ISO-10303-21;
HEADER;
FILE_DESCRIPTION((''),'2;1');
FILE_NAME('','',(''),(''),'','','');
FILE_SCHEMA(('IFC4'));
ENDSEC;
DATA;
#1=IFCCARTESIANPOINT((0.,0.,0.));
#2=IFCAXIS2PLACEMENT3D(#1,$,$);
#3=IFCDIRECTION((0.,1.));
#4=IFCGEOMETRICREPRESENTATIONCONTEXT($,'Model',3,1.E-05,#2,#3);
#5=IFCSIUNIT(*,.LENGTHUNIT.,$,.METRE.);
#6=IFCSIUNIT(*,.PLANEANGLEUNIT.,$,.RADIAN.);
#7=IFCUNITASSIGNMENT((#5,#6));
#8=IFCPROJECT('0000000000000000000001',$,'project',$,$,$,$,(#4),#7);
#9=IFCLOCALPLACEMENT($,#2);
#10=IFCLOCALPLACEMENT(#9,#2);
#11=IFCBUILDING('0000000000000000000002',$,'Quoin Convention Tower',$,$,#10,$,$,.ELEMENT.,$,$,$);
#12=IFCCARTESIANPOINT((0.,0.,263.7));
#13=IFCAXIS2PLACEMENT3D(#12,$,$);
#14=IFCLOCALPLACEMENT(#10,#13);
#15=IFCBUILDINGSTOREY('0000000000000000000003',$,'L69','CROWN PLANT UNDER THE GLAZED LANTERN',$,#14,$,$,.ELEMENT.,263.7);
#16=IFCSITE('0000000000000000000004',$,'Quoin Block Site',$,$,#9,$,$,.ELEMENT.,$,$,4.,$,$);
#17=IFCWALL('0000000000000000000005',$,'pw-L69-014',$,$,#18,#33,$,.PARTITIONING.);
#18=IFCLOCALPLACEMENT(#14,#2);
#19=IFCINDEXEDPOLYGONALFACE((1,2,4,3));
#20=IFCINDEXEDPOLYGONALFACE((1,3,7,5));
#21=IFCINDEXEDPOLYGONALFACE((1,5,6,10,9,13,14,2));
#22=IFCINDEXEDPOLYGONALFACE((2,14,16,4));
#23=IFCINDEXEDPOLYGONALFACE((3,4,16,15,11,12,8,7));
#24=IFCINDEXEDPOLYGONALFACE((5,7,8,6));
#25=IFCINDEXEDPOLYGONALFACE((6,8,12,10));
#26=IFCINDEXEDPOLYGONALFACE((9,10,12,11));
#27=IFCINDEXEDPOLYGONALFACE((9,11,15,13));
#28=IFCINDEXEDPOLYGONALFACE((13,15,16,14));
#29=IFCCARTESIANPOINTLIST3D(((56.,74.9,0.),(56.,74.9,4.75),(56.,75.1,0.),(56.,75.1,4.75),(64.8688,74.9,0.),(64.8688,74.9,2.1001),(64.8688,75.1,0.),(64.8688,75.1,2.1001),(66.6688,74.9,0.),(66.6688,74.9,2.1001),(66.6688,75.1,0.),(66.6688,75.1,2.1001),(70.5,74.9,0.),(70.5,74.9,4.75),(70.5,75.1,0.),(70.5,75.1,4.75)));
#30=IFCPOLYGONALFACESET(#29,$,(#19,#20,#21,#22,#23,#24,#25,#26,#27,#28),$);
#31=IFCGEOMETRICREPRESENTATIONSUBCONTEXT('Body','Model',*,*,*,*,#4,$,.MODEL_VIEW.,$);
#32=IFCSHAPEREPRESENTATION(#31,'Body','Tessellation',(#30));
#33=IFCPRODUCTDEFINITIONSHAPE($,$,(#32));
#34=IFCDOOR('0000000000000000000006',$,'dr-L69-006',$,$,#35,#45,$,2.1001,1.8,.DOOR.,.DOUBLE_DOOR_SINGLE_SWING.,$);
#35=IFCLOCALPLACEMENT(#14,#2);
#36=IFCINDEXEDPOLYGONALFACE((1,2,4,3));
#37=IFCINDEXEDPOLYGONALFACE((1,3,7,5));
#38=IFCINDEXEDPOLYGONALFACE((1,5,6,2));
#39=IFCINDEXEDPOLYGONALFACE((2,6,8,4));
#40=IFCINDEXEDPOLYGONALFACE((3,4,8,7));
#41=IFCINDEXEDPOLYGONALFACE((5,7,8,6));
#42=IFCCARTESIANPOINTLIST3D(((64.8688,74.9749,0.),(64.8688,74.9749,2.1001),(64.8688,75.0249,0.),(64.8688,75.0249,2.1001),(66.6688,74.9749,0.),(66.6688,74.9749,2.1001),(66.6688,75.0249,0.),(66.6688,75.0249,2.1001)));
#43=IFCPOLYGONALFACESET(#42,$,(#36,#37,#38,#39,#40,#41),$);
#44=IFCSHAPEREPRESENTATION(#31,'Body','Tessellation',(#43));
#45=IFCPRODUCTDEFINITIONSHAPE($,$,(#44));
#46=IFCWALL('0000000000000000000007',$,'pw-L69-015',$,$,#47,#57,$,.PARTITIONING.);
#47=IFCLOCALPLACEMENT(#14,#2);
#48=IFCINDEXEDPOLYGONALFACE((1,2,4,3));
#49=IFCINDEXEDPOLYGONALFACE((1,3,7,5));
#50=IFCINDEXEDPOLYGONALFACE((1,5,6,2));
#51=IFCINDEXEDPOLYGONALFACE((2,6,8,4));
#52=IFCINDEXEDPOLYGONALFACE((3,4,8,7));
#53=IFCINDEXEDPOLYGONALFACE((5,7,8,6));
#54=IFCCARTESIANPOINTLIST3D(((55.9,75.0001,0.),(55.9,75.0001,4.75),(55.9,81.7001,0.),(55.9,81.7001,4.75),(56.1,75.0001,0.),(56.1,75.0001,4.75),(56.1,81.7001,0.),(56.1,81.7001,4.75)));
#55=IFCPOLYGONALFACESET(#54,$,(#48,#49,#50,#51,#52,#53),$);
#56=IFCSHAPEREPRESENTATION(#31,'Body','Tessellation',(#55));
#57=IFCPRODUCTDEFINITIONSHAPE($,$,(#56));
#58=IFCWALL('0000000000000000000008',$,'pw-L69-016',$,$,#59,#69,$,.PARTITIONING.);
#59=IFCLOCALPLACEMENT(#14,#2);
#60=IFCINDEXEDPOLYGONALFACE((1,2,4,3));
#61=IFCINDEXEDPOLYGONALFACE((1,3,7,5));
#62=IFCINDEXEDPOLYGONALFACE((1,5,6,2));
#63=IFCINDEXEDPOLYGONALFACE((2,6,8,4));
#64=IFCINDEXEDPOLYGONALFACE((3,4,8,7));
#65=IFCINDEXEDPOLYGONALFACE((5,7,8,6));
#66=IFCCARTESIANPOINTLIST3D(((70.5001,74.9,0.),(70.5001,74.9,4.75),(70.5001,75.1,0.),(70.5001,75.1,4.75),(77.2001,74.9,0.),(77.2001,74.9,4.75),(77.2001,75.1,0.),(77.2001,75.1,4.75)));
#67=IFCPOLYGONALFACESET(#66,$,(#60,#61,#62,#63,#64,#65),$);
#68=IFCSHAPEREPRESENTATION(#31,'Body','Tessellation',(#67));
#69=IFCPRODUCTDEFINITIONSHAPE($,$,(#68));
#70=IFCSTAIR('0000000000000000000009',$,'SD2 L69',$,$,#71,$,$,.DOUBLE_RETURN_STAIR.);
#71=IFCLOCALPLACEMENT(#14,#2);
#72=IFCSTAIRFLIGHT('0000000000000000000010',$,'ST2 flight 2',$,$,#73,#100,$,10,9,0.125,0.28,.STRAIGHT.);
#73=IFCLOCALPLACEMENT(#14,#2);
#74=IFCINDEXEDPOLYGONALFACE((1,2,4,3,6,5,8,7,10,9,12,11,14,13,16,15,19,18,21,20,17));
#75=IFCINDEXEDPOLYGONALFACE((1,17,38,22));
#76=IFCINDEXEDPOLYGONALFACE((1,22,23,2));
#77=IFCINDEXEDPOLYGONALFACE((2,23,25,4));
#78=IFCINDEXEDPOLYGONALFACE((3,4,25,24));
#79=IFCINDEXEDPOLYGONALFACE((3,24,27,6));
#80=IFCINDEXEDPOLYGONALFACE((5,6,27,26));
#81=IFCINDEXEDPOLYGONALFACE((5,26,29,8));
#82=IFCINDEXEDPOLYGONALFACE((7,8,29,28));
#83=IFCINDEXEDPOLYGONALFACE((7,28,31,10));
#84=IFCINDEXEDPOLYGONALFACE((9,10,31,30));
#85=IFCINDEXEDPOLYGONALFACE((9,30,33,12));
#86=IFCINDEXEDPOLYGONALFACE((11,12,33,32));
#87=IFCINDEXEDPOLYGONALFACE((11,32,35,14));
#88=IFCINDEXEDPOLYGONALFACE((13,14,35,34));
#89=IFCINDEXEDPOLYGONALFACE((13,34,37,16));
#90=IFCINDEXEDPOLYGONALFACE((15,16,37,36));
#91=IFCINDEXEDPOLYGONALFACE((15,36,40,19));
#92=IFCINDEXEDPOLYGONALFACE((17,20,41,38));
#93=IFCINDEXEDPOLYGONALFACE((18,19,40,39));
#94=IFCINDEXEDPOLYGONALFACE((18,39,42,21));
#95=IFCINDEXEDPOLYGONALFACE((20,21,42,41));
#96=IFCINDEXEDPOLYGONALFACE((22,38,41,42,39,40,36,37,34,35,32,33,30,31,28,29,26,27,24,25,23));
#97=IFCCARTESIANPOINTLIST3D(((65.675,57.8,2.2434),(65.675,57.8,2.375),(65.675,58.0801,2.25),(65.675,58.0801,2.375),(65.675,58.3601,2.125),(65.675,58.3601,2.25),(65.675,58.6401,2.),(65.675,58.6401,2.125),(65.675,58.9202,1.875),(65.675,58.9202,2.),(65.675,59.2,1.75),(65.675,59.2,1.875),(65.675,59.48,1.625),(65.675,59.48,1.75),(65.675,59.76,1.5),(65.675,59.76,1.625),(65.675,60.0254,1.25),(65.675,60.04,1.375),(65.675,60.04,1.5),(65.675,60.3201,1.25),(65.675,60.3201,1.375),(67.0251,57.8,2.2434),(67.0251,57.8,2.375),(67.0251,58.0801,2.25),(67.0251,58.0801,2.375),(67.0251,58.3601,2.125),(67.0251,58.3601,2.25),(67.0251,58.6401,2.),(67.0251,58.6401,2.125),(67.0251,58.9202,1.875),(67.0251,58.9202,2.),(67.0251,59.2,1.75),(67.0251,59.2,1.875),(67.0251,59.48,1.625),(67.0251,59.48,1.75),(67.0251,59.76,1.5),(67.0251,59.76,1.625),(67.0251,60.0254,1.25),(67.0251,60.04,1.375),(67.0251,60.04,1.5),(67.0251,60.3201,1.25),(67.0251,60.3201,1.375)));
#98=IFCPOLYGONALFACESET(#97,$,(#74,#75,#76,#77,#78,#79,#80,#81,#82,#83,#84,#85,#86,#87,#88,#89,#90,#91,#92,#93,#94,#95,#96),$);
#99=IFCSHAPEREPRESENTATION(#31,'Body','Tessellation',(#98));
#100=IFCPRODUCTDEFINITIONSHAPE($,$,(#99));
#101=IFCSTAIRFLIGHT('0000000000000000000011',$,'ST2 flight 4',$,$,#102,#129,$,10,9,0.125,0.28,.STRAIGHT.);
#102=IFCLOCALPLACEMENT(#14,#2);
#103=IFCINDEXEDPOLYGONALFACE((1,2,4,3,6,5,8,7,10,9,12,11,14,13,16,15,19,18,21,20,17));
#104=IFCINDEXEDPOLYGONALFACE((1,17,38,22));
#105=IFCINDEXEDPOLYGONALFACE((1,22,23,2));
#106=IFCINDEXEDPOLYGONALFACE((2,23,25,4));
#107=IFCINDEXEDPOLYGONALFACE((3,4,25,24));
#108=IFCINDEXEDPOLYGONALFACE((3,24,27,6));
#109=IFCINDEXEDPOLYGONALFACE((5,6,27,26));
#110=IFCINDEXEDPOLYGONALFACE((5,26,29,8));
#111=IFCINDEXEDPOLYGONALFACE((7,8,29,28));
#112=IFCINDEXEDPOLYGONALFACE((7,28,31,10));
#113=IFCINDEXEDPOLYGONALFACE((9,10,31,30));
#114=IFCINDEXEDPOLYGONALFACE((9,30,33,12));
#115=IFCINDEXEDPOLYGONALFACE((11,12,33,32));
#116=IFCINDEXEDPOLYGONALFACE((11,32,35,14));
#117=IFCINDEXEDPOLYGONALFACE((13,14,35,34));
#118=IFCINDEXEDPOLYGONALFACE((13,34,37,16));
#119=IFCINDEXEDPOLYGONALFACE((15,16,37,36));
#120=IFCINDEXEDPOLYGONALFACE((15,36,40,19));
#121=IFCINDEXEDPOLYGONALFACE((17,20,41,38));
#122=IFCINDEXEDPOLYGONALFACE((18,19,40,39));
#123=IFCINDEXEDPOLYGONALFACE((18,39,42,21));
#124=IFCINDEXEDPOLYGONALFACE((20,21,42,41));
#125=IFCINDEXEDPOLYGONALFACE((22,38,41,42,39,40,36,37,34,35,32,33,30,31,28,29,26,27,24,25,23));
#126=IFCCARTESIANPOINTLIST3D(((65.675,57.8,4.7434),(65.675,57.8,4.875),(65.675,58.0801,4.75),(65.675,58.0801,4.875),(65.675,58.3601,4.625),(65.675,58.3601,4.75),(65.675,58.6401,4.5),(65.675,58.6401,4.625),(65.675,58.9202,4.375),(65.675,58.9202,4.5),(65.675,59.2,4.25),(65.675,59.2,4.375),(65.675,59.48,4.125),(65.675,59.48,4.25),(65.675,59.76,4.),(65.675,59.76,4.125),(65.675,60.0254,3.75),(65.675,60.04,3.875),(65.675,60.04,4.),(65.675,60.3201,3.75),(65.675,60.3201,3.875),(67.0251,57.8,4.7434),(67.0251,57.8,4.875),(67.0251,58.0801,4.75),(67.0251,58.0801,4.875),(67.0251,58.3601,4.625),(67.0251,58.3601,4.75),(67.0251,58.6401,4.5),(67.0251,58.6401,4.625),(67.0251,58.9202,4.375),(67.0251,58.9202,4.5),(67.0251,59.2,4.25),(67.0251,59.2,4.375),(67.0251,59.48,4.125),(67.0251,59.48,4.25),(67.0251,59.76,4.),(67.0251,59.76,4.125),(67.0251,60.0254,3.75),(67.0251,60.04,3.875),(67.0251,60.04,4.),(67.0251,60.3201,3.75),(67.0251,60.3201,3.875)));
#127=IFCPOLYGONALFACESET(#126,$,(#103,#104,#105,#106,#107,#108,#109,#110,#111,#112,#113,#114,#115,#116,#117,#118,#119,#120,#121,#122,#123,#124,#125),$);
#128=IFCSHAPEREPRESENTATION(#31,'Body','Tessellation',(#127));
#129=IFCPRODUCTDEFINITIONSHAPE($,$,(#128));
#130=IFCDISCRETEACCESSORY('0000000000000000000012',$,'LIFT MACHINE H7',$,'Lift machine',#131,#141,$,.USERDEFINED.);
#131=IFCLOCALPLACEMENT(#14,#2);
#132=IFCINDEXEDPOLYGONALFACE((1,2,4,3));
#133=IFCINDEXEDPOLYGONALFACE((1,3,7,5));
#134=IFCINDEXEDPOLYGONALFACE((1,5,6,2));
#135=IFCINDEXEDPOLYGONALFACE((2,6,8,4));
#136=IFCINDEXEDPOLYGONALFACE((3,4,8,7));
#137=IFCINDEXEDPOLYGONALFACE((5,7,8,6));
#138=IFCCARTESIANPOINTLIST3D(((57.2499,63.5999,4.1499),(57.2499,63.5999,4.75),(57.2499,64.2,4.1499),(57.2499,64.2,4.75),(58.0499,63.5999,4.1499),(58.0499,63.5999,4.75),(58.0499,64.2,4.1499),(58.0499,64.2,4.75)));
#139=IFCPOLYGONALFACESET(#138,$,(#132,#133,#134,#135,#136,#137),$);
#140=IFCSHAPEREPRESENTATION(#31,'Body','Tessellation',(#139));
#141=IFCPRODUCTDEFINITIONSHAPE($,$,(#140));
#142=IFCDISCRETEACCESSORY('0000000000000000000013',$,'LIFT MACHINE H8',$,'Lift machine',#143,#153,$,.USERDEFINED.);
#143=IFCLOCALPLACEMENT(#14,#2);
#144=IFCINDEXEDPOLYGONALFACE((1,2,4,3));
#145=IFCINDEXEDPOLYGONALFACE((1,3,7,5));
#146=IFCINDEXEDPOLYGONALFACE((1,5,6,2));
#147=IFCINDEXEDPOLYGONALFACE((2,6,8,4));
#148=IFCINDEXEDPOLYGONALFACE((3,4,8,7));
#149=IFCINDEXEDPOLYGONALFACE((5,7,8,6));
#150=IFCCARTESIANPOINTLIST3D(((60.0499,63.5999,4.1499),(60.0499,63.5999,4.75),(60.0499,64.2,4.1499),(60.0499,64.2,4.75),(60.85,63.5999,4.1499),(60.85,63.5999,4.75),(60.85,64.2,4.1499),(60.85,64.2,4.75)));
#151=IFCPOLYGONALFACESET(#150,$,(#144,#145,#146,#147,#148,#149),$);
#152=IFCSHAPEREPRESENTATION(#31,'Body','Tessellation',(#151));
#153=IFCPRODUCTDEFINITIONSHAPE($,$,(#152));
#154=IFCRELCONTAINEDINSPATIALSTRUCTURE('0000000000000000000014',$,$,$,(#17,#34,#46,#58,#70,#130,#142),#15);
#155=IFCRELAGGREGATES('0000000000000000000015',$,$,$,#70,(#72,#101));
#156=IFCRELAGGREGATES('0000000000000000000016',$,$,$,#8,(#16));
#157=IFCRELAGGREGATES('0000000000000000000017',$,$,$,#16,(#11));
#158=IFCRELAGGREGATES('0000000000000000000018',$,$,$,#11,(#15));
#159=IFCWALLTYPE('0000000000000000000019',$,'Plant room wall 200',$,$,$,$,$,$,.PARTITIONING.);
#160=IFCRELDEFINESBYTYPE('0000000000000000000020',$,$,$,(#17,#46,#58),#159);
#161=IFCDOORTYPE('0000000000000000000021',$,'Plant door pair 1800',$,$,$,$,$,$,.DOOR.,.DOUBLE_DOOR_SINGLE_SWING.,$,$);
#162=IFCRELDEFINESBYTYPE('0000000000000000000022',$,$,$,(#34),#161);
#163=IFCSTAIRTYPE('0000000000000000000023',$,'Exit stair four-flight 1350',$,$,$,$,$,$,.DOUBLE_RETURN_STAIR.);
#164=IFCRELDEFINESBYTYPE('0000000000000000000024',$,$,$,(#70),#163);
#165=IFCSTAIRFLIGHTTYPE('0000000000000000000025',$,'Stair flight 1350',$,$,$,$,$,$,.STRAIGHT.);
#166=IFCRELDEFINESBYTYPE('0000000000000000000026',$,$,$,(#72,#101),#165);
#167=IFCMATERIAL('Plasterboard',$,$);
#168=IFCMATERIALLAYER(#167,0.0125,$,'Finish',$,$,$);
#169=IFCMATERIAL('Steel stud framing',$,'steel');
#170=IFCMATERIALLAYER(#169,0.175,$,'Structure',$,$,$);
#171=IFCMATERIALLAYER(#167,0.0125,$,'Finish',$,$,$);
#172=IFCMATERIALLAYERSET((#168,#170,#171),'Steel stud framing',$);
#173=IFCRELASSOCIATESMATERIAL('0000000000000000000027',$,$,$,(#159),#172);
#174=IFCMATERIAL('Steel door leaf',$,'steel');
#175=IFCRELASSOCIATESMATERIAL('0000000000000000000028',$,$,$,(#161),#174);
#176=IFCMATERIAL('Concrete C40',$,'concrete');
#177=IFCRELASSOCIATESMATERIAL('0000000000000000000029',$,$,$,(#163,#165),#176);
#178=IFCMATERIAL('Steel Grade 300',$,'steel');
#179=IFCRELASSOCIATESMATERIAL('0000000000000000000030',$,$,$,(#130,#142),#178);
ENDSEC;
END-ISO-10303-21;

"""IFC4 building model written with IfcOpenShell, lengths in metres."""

from ifc_helpers import new_model, si_unit, direction, frame, frame_2d, origin, origin_2d, place, context, subcontext, project, spatial, polyline, rectangle, outline, extrude, material, layer, layer_set, type_object, element, fill, aggregate, save


model = new_model("IFC4")

# Units and contexts
model_context = context("Model", 3, precision=1e-05, world=origin(), true_north=direction((0.0, 1.0)))
body_context = subcontext(model_context, "Body", "Model", "MODEL_VIEW")
ifc_project = project(units=[si_unit("LENGTHUNIT", "METRE"), si_unit("PLANEANGLEUNIT", "RADIAN")], contexts=[model_context])

# Site, building, storey
site_placement = place(None, origin())
site = spatial("IfcSite", under=ifc_project, at=site_placement, Name="Quoin Block Site", CompositionType="ELEMENT", RefElevation=4.0)
building_placement = place(site_placement, origin())
building = spatial("IfcBuilding", under=site, at=building_placement, Name="Quoin Convention Tower", CompositionType="ELEMENT")
storey_placement = place(building_placement, frame((0.0, 0.0, 263.7)))
storey = spatial("IfcBuildingStorey", under=building, at=storey_placement, Name="L69", Description="CROWN PLANT UNDER THE GLAZED LANTERN", CompositionType="ELEMENT", Elevation=263.7)

# Shared definitions
ifc_material_1 = material(Name="Steel Grade 300", Category="steel")
ifc_material_2 = material(Name="Concrete C40", Category="concrete")

# Shared definitions
ifc_material_3 = material(Name="Plasterboard")
ifc_material_4 = material(Name="Steel stud framing", Category="steel")

# Shared definitions
ifc_material_5 = material(Name="Steel door leaf", Category="steel")

# Shared definitions
ifc_layer_1 = layer(ifc_material_3, 0.0125, Name="Finish")
ifc_layer_2 = layer(ifc_material_4, 0.175, Name="Structure")
ifc_layer_3 = layer(ifc_material_3, 0.0125, Name="Finish")
ifc_layer_set_1 = layer_set([ifc_layer_1, ifc_layer_2, ifc_layer_3], Name="Steel stud framing")
wall_type_1 = type_object("IfcWallType", Name="Plant room wall 200", PredefinedType="PARTITIONING", material=ifc_layer_set_1)

# Wall, opening, door
wall_1_placement = place(storey_placement, frame((56.0, 75.0, 0.0), z_axis=(0.0, 0.0, 1.0), x_axis=(1.0, 0.0, 0.0)))
wall_1 = element("IfcWall", 1, at=wall_1_placement, inside=storey, type_object=wall_type_1, Name="pw-L69-014", PredefinedType="PARTITIONING", context=body_context, shape_type="SweptSolid", body=[
    extrude(rectangle(XDim=14.5, YDim=0.2, at=frame_2d((7.25, 0.0))), origin(), (0.0, 0.0, 1.0), 4.75),
])
opening_1_placement = place(wall_1_placement, frame((8.8689, 0.0, 0.0)))
opening_1 = element("IfcOpeningElement", 2, at=opening_1_placement, cuts=wall_1, PredefinedType="OPENING", context=body_context, shape_type="SweptSolid", body=[
    extrude(rectangle(XDim=1.8, YDim=2.1001, at=frame_2d((0.8999, 1.05))), frame((0.0, 0.1099, 0.0), z_axis=(0.0, -1.0, 0.0), x_axis=(1.0, 0.0, 0.0)), (0.0, 0.0, 1.0), 0.22),
])
door_type_1 = type_object("IfcDoorType", Name="Plant door pair 1800", OperationType="DOUBLE_DOOR_SINGLE_SWING", PredefinedType="DOOR", material=ifc_material_5)
door_1_placement = place(opening_1_placement, origin())
door_1 = element("IfcDoor", 3, at=door_1_placement, inside=storey, type_object=door_type_1, Name="dr-L69-006", OperationType="DOUBLE_DOOR_SINGLE_SWING", OverallHeight=2.1001, OverallWidth=1.8, PredefinedType="DOOR", context=body_context, shape_type="SweptSolid", body=[
    extrude(rectangle(XDim=1.8, YDim=2.1001, at=frame_2d((0.8999, 1.05))), frame((0.0, 0.0249, 0.0), z_axis=(0.0, -1.0, 0.0), x_axis=(1.0, 0.0, 0.0)), (0.0, 0.0, 1.0), 0.05),
])
fill(opening_1, door_1)

# Walls
for number, where, z_axis, x_axis, name in (
    (4, (56.0, 75.0, 0.0), (0.0, 0.0, 1.0), (0.0, 1.0, 0.0), "pw-L69-015"),
    (5, (70.5, 75.0, 0.0), (0.0, 0.0, 1.0), (1.0, 0.0, 0.0), "pw-L69-016"),
):
    element("IfcWall", number, at=place(storey_placement, frame(where, z_axis=z_axis, x_axis=x_axis)), inside=storey, type_object=wall_type_1, Name=name, PredefinedType="PARTITIONING", context=body_context, shape_type="SweptSolid", body=[
        extrude(rectangle(XDim=6.7, YDim=0.2, at=frame_2d((3.3501, 0.0))), origin(), (0.0, 0.0, 1.0), 4.75),
    ])

# Stair, stair flights
stair_type = type_object("IfcStairType", Name="Exit stair four-flight 1350", PredefinedType="DOUBLE_RETURN_STAIR", material=ifc_material_2)
stair_placement = place(storey_placement, origin())
stair = element("IfcStair", 6, at=stair_placement, inside=storey, type_object=stair_type, Name="SD2 L69", PredefinedType="DOUBLE_RETURN_STAIR")
stair_flight_type = type_object("IfcStairFlightType", Name="Stair flight 1350", PredefinedType="STRAIGHT", material=ifc_material_2)
stair_flight_1_placement = place(storey_placement, frame((66.3501, 60.3201, 1.25), z_axis=(0.0, 0.0, 1.0), x_axis=(0.0, -1.0, 0.0)))
stair_flight_1 = element("IfcStairFlight", 7, at=stair_flight_1_placement, type_object=stair_flight_type, Name="ST2 flight 2", NumberOfRisers=10, NumberOfTreads=9, PredefinedType="STRAIGHT", RiserHeight=0.125, TreadLength=0.28, context=body_context, shape_type="SweptSolid", body=[
    extrude(outline(polyline([(0.0, 0.0), (0.0, 0.125), (0.28, 0.125), (0.28, 0.25), (0.5601, 0.25), (0.5601, 0.375), (0.8401, 0.375), (0.8401, 0.5), (1.1201, 0.5), (1.1201, 0.625), (1.3999, 0.625), (1.3999, 0.75), (1.6799, 0.75), (1.6799, 0.875), (1.96, 0.875), (1.96, 1.0), (2.24, 1.0), (2.24, 1.125), (2.52, 1.125), (2.52, 1.25), (2.52, 0.9934), (0.2947, 0.0), (0.0, 0.0)])), frame((0.0, 0.675, 0.0), z_axis=(0.0, -1.0, 0.0), x_axis=(1.0, 0.0, 0.0)), (0.0, 0.0, 1.0), 1.3501),
])
stair_flight_2_placement = place(storey_placement, frame((66.3501, 60.3201, 3.75), z_axis=(0.0, 0.0, 1.0), x_axis=(0.0, -1.0, 0.0)))
stair_flight_2 = element("IfcStairFlight", 8, at=stair_flight_2_placement, type_object=stair_flight_type, Name="ST2 flight 4", NumberOfRisers=10, NumberOfTreads=9, PredefinedType="STRAIGHT", RiserHeight=0.125, TreadLength=0.28, context=body_context, shape_type="SweptSolid", body=[
    extrude(outline(polyline([(0.0, 0.0), (0.0, 0.125), (0.28, 0.125), (0.28, 0.25), (0.5601, 0.25), (0.5601, 0.375), (0.8401, 0.375), (0.8401, 0.5), (1.1201, 0.5), (1.1201, 0.625), (1.3999, 0.625), (1.3999, 0.75), (1.6799, 0.75), (1.6799, 0.875), (1.96, 0.875), (1.96, 1.0), (2.24, 1.0), (2.24, 1.125), (2.52, 1.125), (2.52, 1.25), (2.52, 0.9934), (0.2947, 0.0), (0.0, 0.0)])), frame((0.0, 0.675, 0.0), z_axis=(0.0, -1.0, 0.0), x_axis=(1.0, 0.0, 0.0)), (0.0, 0.0, 1.0), 1.3501),
])
aggregate(stair, [stair_flight_1, stair_flight_2])

# Discrete accessories
for number, where, z_axis, x_axis, name in (
    (9, (57.6499, 63.8999, 4.1499), (0.0, 0.0, 1.0), (1.0, 0.0, 0.0), "LIFT MACHINE H7"),
    (10, (60.45, 63.8999, 4.1499), (0.0, 0.0, 1.0), (1.0, 0.0, 0.0), "LIFT MACHINE H8"),
):
    element("IfcDiscreteAccessory", number, at=place(storey_placement, frame(where, z_axis=z_axis, x_axis=x_axis)), inside=storey, material=ifc_material_1, Name=name, ObjectType="Lift machine", PredefinedType="USERDEFINED", context=body_context, shape_type="SweptSolid", body=[
        extrude(rectangle(XDim=0.8, YDim=0.6001, at=origin_2d()), origin(), (0.0, 0.0, 1.0), 0.6001),
    ])

save(model, "model.ifc")
